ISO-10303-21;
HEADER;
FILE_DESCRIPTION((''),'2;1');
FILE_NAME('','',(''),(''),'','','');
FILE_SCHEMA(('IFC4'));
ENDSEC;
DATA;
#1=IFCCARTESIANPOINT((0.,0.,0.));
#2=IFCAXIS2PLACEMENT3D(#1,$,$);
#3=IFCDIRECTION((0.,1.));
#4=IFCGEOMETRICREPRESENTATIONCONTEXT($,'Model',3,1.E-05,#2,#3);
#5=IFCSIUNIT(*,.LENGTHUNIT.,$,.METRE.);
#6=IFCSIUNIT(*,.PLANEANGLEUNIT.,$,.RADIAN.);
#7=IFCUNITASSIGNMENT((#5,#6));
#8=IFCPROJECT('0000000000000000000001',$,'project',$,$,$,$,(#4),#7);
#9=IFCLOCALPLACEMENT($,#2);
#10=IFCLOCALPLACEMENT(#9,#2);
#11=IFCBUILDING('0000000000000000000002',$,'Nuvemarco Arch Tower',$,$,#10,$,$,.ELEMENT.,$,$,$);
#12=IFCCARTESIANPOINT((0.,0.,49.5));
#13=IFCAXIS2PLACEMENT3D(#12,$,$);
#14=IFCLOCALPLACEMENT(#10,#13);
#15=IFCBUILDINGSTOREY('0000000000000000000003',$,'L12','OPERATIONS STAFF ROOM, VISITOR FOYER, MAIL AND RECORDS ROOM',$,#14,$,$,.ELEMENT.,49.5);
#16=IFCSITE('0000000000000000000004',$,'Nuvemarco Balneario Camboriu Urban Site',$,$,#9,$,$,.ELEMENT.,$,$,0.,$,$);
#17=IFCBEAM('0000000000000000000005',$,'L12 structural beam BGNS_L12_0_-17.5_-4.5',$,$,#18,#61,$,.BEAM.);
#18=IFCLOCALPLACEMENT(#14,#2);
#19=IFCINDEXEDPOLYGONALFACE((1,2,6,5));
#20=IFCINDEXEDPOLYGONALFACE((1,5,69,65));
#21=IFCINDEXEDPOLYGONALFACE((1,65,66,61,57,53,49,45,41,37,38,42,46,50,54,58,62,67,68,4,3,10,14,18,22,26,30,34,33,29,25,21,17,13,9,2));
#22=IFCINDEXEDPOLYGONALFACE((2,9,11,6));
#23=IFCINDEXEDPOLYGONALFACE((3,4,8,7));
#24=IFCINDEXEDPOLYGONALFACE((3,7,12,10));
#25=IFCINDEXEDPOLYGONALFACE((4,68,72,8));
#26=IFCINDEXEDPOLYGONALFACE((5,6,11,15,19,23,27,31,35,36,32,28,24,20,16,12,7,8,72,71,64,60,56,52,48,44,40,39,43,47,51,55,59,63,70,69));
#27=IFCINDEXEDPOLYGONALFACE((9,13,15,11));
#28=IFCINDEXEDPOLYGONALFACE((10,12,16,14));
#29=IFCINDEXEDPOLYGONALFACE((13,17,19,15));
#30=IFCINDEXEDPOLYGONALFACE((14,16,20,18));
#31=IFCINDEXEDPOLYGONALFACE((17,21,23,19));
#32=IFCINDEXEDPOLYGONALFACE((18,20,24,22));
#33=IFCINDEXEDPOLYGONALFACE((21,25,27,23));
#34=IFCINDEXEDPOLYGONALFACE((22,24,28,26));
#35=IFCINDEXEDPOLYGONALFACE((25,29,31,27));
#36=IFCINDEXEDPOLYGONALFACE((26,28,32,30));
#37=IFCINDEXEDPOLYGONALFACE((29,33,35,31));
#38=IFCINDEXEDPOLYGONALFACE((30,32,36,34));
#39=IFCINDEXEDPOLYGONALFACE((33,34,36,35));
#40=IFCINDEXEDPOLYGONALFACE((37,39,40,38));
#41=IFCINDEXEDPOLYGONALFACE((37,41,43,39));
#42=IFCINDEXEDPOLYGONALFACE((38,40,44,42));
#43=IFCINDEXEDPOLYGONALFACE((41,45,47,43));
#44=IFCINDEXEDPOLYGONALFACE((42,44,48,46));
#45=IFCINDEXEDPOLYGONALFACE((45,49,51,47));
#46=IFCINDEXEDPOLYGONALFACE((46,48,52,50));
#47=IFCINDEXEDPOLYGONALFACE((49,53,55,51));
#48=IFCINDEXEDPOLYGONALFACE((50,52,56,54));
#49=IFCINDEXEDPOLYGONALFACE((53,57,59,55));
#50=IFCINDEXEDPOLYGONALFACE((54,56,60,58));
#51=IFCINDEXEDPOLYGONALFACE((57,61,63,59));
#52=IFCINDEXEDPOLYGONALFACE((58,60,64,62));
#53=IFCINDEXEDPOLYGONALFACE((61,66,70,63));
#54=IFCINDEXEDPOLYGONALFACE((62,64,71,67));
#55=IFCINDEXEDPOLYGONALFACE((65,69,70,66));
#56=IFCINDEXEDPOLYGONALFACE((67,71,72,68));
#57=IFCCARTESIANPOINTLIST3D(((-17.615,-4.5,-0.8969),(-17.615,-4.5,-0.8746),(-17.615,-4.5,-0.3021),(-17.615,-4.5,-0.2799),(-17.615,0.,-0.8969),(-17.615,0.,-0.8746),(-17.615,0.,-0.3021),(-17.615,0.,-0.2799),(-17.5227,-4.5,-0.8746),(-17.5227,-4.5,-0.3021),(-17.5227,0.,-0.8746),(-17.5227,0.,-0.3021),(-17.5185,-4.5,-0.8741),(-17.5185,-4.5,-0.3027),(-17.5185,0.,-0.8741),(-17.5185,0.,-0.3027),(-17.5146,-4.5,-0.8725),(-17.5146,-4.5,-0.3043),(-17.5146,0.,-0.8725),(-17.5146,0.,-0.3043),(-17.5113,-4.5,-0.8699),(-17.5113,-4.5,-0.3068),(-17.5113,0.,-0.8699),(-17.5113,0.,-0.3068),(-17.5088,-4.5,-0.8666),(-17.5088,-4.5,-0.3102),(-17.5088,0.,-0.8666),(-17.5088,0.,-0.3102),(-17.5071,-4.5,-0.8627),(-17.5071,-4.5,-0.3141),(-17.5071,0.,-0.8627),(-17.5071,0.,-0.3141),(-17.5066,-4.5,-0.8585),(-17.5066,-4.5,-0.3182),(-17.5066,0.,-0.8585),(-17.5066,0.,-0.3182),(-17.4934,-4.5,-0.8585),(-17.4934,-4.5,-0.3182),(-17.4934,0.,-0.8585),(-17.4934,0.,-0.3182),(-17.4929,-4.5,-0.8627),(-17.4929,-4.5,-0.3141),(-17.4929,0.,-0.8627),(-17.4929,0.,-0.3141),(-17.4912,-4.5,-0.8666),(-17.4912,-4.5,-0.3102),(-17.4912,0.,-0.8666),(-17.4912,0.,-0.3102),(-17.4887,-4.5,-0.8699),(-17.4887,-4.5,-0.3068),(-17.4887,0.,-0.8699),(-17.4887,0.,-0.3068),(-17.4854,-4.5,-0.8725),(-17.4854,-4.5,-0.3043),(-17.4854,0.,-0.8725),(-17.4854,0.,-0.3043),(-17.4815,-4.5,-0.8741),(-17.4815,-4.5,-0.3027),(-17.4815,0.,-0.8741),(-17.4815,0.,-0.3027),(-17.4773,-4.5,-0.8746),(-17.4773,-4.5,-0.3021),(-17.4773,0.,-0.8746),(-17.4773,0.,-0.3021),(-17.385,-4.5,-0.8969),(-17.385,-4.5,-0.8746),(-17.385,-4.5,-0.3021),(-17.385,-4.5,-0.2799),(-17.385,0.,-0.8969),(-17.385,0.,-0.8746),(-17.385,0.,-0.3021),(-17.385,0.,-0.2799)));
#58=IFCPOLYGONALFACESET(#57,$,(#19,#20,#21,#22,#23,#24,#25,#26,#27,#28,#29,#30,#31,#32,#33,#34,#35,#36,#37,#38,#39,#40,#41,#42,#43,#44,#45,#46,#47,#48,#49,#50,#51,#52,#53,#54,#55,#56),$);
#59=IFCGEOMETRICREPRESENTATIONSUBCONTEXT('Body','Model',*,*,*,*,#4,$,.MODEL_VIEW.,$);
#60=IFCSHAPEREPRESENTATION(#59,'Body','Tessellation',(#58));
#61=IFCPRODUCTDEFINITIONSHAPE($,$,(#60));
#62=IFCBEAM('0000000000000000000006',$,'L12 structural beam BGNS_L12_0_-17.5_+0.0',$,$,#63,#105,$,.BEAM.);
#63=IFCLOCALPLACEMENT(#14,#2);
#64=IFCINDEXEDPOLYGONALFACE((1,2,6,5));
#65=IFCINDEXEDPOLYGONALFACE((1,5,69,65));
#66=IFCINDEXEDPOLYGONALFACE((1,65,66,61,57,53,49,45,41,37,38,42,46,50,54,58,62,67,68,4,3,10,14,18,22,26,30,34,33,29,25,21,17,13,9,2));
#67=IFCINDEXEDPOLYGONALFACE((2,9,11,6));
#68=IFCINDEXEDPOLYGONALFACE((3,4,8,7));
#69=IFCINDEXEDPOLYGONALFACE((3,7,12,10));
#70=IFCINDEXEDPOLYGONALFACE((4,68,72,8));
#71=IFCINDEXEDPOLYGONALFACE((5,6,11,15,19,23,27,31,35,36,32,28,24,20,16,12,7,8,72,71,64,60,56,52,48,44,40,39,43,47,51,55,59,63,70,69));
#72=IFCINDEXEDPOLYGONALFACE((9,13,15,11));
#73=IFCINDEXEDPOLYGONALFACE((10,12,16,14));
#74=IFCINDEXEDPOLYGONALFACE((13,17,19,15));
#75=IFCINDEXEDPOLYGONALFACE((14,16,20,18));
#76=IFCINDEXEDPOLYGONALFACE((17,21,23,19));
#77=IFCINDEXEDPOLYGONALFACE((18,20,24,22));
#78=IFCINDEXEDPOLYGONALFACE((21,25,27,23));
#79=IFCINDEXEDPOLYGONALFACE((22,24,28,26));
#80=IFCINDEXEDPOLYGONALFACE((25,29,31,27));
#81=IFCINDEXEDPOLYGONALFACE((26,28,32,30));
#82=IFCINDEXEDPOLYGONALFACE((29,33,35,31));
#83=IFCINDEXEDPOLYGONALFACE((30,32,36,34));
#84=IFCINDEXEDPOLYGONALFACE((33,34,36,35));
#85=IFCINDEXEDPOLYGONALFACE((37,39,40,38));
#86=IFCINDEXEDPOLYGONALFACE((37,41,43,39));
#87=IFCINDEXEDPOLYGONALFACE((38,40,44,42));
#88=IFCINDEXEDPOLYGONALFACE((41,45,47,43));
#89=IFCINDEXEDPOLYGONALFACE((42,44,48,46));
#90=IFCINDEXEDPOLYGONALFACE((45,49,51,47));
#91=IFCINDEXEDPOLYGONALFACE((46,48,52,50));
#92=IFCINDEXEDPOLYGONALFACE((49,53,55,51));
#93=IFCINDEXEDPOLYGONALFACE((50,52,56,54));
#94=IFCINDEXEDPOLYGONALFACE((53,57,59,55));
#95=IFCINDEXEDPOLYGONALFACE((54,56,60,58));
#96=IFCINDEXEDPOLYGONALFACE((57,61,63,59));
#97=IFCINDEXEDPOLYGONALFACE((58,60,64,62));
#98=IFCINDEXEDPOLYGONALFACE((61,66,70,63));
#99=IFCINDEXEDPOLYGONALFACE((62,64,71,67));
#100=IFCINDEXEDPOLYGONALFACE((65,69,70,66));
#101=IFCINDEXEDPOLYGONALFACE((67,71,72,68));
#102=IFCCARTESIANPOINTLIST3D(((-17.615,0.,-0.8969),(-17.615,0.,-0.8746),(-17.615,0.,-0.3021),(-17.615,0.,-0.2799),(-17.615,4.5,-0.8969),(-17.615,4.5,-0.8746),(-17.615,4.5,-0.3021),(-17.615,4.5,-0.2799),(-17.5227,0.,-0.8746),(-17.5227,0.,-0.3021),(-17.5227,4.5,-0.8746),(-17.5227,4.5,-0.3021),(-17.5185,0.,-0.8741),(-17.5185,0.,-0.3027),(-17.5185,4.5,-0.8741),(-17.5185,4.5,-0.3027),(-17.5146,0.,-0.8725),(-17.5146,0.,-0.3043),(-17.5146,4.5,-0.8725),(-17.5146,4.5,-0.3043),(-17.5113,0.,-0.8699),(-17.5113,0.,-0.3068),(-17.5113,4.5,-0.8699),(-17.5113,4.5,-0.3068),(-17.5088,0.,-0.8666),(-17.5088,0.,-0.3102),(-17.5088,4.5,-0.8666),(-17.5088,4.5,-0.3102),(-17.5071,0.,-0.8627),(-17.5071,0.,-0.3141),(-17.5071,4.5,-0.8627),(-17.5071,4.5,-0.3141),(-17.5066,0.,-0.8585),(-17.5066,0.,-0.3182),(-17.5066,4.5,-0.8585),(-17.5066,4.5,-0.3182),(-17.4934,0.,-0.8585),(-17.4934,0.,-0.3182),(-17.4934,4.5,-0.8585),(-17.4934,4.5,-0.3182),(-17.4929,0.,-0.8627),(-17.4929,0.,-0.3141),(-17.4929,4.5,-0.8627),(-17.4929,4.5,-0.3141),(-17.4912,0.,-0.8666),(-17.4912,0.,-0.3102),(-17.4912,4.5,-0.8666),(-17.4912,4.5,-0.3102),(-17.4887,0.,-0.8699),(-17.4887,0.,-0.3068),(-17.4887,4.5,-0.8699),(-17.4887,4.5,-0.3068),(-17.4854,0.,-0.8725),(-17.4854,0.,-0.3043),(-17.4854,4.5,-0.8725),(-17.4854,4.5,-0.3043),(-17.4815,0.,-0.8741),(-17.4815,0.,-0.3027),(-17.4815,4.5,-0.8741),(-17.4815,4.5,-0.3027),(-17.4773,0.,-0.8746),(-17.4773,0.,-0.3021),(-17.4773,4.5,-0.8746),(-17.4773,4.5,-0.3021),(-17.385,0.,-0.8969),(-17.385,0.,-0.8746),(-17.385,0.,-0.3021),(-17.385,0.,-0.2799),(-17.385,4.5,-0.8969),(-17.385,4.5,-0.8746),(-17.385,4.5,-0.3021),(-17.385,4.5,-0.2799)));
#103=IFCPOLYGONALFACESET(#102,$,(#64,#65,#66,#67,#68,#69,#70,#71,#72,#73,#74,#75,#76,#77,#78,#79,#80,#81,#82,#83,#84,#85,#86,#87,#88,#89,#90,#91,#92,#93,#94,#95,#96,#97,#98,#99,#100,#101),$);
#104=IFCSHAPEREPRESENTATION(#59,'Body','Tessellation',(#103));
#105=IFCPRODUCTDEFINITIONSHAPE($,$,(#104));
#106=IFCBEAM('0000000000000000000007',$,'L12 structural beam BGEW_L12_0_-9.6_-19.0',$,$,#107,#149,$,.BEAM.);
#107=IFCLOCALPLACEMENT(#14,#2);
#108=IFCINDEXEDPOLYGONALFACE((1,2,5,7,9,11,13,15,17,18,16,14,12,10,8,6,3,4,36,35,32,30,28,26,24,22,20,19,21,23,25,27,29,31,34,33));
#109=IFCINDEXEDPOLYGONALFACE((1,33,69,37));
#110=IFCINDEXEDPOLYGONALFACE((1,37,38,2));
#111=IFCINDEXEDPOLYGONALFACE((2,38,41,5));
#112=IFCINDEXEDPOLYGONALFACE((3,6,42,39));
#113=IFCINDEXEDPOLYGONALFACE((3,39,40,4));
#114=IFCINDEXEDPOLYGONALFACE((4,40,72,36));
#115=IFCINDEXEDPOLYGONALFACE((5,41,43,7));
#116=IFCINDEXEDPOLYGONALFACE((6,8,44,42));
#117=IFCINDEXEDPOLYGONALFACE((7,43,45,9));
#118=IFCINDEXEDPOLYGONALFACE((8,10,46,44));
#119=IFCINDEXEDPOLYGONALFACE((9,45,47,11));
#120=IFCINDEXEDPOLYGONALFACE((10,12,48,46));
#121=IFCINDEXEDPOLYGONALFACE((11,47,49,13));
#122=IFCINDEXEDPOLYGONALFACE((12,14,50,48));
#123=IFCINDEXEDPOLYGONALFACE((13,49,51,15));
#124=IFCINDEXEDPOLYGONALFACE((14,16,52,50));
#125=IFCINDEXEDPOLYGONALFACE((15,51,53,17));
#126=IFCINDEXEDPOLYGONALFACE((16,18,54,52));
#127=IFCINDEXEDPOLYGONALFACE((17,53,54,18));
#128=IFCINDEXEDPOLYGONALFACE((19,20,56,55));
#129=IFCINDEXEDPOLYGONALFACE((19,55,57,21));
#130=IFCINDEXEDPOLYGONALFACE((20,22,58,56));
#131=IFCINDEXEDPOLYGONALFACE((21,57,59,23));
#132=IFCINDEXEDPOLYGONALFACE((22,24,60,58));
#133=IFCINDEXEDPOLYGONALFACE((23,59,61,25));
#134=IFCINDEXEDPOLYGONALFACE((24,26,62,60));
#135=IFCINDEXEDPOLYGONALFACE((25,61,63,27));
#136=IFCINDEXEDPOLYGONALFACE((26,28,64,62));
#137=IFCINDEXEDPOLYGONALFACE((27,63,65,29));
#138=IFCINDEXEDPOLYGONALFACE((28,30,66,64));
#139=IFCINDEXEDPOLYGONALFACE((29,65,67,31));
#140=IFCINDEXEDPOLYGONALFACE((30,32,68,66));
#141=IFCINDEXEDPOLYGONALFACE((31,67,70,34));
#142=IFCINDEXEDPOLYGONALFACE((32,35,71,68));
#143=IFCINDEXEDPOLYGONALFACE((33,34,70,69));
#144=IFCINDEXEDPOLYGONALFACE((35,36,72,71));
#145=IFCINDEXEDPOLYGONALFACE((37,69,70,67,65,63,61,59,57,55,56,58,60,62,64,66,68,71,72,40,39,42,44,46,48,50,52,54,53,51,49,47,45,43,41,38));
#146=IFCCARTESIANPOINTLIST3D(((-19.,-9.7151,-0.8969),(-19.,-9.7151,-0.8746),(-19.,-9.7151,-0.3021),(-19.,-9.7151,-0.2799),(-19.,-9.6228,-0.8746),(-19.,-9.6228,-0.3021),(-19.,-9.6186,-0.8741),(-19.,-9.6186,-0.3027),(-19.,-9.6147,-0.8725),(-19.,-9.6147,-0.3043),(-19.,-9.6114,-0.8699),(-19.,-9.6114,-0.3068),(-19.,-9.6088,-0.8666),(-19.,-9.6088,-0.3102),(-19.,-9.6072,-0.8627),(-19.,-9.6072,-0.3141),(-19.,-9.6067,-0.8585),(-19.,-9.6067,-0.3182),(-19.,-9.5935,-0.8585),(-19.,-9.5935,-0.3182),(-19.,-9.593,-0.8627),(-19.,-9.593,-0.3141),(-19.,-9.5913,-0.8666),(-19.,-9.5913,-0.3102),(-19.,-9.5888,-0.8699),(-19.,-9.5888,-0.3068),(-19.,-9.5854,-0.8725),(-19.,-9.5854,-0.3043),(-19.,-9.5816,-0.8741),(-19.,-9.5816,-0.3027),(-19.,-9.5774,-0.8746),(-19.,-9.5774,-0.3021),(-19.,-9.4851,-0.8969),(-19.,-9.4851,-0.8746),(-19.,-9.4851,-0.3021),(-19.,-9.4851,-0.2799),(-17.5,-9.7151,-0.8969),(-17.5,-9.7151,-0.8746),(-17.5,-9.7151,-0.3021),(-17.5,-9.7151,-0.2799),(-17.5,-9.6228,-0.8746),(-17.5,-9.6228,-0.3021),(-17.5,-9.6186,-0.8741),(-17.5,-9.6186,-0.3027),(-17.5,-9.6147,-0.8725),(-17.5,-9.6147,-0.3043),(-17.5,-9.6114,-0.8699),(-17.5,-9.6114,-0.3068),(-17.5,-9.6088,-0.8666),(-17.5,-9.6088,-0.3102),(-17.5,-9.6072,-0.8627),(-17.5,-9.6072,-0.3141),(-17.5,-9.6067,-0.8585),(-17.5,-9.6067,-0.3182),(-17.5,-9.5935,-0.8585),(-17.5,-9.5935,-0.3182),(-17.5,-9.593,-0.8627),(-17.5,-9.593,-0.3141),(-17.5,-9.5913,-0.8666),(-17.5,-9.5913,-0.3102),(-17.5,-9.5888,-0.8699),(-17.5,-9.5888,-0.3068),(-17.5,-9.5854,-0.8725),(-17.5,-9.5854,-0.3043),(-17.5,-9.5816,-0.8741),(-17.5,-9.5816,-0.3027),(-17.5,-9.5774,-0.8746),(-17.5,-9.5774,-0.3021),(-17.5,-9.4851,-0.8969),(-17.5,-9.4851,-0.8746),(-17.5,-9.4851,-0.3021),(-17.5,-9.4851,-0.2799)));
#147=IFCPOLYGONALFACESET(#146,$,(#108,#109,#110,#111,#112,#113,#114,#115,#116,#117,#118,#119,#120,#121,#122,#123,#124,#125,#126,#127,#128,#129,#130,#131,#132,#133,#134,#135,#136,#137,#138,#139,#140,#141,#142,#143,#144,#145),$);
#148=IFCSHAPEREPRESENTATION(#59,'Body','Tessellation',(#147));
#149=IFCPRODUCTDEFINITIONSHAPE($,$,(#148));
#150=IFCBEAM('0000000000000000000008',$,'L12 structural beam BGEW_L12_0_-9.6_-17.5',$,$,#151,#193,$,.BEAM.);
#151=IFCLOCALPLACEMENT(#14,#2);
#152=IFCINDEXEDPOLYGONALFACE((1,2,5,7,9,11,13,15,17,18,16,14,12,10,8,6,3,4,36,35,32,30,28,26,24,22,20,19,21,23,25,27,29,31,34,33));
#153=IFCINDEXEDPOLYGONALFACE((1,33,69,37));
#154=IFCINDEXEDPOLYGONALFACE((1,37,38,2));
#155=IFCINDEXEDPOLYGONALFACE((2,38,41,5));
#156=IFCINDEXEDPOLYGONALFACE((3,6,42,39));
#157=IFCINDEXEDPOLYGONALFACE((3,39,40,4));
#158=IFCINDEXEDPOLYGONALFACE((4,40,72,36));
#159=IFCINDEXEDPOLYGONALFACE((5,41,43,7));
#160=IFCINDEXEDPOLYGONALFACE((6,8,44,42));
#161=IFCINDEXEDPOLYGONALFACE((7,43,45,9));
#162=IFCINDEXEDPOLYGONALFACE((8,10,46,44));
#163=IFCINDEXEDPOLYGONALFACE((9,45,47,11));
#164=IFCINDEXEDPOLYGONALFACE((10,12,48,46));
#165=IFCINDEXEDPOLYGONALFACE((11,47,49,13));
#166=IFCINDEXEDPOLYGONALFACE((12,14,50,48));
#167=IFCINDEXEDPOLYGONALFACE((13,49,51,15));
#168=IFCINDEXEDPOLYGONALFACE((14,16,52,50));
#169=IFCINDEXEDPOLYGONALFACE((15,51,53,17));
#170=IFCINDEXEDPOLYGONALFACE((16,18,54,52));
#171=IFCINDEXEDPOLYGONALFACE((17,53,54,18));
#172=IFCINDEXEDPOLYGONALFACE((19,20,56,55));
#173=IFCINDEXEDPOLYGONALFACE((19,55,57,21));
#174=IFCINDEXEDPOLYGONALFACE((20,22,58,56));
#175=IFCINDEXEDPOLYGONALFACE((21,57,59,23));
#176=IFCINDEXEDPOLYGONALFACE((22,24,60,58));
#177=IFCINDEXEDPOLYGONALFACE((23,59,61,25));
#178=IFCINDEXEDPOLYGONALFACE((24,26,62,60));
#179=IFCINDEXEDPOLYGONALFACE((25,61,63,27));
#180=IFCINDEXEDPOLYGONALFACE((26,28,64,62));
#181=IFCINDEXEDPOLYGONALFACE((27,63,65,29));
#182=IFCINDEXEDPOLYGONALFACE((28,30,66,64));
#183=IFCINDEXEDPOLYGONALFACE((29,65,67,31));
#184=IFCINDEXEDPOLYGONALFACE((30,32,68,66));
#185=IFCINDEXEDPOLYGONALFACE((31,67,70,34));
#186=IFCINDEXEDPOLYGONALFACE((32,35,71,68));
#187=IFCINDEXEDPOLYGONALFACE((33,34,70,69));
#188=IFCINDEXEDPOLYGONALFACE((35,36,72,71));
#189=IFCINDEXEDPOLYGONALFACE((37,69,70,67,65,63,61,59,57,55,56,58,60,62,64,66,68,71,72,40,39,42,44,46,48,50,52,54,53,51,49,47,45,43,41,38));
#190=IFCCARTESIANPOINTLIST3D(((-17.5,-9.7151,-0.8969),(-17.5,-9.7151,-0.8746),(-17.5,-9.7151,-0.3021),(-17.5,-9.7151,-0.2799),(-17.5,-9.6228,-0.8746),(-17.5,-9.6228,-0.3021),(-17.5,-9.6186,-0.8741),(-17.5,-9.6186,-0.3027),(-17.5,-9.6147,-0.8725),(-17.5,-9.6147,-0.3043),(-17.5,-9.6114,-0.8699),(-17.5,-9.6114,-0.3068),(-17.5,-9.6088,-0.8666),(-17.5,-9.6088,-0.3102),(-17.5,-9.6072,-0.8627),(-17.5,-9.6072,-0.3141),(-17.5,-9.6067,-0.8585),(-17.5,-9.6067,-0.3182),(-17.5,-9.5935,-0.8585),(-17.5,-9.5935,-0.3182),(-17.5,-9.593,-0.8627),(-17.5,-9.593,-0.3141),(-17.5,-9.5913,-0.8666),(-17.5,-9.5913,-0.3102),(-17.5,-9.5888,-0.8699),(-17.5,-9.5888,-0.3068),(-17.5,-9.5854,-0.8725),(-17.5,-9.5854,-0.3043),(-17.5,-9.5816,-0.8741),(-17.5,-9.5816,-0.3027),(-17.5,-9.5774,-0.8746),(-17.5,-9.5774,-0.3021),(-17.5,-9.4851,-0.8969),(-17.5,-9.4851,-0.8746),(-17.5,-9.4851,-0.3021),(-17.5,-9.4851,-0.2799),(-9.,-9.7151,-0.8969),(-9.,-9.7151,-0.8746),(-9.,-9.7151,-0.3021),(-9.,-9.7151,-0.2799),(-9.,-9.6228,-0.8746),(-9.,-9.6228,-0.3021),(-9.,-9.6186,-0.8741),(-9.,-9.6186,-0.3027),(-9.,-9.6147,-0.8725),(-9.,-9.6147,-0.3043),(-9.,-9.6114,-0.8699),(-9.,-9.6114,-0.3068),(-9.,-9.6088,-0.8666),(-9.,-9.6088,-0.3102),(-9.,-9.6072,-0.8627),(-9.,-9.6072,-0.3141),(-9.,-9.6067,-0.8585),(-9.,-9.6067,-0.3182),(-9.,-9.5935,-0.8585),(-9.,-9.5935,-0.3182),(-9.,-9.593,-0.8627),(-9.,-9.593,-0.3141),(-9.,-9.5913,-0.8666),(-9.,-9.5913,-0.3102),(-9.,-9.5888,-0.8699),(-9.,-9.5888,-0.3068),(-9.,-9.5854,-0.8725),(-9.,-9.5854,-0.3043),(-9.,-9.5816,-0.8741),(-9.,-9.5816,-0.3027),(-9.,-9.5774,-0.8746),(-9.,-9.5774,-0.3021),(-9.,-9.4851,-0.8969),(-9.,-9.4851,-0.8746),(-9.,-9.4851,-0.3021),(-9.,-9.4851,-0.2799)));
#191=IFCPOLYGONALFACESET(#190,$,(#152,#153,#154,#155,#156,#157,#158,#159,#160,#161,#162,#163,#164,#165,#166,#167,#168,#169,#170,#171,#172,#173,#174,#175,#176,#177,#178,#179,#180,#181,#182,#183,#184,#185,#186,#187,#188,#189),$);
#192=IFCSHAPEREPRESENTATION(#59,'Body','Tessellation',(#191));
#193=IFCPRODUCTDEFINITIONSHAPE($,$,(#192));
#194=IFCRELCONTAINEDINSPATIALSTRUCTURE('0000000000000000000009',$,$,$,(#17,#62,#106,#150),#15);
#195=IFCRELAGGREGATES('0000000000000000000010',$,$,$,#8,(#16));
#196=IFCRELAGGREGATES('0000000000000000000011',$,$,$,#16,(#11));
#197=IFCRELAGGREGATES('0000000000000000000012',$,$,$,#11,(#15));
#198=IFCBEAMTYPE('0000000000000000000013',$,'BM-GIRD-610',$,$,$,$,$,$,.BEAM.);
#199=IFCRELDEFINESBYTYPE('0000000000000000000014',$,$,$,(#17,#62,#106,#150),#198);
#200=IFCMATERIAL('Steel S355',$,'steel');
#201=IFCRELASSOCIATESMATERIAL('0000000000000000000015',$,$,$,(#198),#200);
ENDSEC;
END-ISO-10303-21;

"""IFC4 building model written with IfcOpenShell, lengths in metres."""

from ifc_helpers import new_model, si_unit, direction, frame, origin, origin_2d, place, context, subcontext, project, spatial, i_section, extrude, material, material_profile, profile_set, type_object, element, save


model = new_model("IFC4")

# Units and contexts
model_context = context("Model", 3, precision=1e-05, world=origin(), true_north=direction((0.0, 1.0)))
body_context = subcontext(model_context, "Body", "Model", "MODEL_VIEW")
ifc_project = project(units=[si_unit("LENGTHUNIT", "METRE"), si_unit("PLANEANGLEUNIT", "RADIAN")], contexts=[model_context])

# Site, building, storey
site_placement = place(None, origin())
site = spatial("IfcSite", under=ifc_project, at=site_placement, Name="Nuvemarco Balneario Camboriu Urban Site", CompositionType="ELEMENT", RefElevation=0.0)
building_placement = place(site_placement, origin())
building = spatial("IfcBuilding", under=site, at=building_placement, Name="Nuvemarco Arch Tower", CompositionType="ELEMENT")
storey_placement = place(building_placement, frame((0.0, 0.0, 49.5)))
storey = spatial("IfcBuildingStorey", under=building, at=storey_placement, Name="L12", Description="OPERATIONS STAFF ROOM, VISITOR FOYER, MAIL AND RECORDS ROOM", CompositionType="ELEMENT", Elevation=49.5)

# Beams
ifc_material_1 = material(Name="Steel S355", Category="steel")
ifc_material_profile_1 = material_profile(ifc_material_1, i_section(OverallWidth=0.23, OverallDepth=0.6169, WebThickness=0.0132, FlangeThickness=0.0222, FilletRadius=0.0161, at=origin_2d()), Name="W610x140")
ifc_profile_set_1 = profile_set([ifc_material_profile_1], Name="Steel S355")
beam_type_1 = type_object("IfcBeamType", Name="BM-GIRD-610", PredefinedType="BEAM", material=ifc_profile_set_1)
for number, where, z_axis, x_axis, name in (
    (1, (-17.5, -4.5, -0.5884), (0.0, 1.0, 0.0), (-1.0, 0.0, 0.0), "L12 structural beam BGNS_L12_0_-17.5_-4.5"),
    (2, (-17.5, 0.0, -0.5884), (0.0, 1.0, 0.0), (-1.0, 0.0, 0.0), "L12 structural beam BGNS_L12_0_-17.5_+0.0"),
):
    element("IfcBeam", number, at=place(storey_placement, frame(where, z_axis=z_axis, x_axis=x_axis)), inside=storey, type_object=beam_type_1, Name=name, PredefinedType="BEAM", context=body_context, shape_type="SweptSolid", body=[
        extrude(i_section(OverallWidth=0.23, OverallDepth=0.6169, WebThickness=0.0132, FlangeThickness=0.0222, FilletRadius=0.0161, at=origin_2d()), origin(), (0.0, 0.0, 1.0), 4.5),
    ])
beam_1_placement = place(storey_placement, frame((-19.0, -9.6001, -0.5884), z_axis=(1.0, 0.0, 0.0), x_axis=(0.0, 1.0, 0.0)))
element("IfcBeam", 3, at=beam_1_placement, inside=storey, type_object=beam_type_1, Name="L12 structural beam BGEW_L12_0_-9.6_-19.0", PredefinedType="BEAM", context=body_context, shape_type="SweptSolid", body=[
    extrude(i_section(OverallWidth=0.23, OverallDepth=0.6169, WebThickness=0.0132, FlangeThickness=0.0222, FilletRadius=0.0161, at=origin_2d()), origin(), (0.0, 0.0, 1.0), 1.5),
])
beam_2_placement = place(storey_placement, frame((-17.5, -9.6001, -0.5884), z_axis=(1.0, 0.0, 0.0), x_axis=(0.0, 1.0, 0.0)))
element("IfcBeam", 4, at=beam_2_placement, inside=storey, type_object=beam_type_1, Name="L12 structural beam BGEW_L12_0_-9.6_-17.5", PredefinedType="BEAM", context=body_context, shape_type="SweptSolid", body=[
    extrude(i_section(OverallWidth=0.23, OverallDepth=0.6169, WebThickness=0.0132, FlangeThickness=0.0222, FilletRadius=0.0161, at=origin_2d()), origin(), (0.0, 0.0, 1.0), 8.5),
])

save(model, "model.ifc")
